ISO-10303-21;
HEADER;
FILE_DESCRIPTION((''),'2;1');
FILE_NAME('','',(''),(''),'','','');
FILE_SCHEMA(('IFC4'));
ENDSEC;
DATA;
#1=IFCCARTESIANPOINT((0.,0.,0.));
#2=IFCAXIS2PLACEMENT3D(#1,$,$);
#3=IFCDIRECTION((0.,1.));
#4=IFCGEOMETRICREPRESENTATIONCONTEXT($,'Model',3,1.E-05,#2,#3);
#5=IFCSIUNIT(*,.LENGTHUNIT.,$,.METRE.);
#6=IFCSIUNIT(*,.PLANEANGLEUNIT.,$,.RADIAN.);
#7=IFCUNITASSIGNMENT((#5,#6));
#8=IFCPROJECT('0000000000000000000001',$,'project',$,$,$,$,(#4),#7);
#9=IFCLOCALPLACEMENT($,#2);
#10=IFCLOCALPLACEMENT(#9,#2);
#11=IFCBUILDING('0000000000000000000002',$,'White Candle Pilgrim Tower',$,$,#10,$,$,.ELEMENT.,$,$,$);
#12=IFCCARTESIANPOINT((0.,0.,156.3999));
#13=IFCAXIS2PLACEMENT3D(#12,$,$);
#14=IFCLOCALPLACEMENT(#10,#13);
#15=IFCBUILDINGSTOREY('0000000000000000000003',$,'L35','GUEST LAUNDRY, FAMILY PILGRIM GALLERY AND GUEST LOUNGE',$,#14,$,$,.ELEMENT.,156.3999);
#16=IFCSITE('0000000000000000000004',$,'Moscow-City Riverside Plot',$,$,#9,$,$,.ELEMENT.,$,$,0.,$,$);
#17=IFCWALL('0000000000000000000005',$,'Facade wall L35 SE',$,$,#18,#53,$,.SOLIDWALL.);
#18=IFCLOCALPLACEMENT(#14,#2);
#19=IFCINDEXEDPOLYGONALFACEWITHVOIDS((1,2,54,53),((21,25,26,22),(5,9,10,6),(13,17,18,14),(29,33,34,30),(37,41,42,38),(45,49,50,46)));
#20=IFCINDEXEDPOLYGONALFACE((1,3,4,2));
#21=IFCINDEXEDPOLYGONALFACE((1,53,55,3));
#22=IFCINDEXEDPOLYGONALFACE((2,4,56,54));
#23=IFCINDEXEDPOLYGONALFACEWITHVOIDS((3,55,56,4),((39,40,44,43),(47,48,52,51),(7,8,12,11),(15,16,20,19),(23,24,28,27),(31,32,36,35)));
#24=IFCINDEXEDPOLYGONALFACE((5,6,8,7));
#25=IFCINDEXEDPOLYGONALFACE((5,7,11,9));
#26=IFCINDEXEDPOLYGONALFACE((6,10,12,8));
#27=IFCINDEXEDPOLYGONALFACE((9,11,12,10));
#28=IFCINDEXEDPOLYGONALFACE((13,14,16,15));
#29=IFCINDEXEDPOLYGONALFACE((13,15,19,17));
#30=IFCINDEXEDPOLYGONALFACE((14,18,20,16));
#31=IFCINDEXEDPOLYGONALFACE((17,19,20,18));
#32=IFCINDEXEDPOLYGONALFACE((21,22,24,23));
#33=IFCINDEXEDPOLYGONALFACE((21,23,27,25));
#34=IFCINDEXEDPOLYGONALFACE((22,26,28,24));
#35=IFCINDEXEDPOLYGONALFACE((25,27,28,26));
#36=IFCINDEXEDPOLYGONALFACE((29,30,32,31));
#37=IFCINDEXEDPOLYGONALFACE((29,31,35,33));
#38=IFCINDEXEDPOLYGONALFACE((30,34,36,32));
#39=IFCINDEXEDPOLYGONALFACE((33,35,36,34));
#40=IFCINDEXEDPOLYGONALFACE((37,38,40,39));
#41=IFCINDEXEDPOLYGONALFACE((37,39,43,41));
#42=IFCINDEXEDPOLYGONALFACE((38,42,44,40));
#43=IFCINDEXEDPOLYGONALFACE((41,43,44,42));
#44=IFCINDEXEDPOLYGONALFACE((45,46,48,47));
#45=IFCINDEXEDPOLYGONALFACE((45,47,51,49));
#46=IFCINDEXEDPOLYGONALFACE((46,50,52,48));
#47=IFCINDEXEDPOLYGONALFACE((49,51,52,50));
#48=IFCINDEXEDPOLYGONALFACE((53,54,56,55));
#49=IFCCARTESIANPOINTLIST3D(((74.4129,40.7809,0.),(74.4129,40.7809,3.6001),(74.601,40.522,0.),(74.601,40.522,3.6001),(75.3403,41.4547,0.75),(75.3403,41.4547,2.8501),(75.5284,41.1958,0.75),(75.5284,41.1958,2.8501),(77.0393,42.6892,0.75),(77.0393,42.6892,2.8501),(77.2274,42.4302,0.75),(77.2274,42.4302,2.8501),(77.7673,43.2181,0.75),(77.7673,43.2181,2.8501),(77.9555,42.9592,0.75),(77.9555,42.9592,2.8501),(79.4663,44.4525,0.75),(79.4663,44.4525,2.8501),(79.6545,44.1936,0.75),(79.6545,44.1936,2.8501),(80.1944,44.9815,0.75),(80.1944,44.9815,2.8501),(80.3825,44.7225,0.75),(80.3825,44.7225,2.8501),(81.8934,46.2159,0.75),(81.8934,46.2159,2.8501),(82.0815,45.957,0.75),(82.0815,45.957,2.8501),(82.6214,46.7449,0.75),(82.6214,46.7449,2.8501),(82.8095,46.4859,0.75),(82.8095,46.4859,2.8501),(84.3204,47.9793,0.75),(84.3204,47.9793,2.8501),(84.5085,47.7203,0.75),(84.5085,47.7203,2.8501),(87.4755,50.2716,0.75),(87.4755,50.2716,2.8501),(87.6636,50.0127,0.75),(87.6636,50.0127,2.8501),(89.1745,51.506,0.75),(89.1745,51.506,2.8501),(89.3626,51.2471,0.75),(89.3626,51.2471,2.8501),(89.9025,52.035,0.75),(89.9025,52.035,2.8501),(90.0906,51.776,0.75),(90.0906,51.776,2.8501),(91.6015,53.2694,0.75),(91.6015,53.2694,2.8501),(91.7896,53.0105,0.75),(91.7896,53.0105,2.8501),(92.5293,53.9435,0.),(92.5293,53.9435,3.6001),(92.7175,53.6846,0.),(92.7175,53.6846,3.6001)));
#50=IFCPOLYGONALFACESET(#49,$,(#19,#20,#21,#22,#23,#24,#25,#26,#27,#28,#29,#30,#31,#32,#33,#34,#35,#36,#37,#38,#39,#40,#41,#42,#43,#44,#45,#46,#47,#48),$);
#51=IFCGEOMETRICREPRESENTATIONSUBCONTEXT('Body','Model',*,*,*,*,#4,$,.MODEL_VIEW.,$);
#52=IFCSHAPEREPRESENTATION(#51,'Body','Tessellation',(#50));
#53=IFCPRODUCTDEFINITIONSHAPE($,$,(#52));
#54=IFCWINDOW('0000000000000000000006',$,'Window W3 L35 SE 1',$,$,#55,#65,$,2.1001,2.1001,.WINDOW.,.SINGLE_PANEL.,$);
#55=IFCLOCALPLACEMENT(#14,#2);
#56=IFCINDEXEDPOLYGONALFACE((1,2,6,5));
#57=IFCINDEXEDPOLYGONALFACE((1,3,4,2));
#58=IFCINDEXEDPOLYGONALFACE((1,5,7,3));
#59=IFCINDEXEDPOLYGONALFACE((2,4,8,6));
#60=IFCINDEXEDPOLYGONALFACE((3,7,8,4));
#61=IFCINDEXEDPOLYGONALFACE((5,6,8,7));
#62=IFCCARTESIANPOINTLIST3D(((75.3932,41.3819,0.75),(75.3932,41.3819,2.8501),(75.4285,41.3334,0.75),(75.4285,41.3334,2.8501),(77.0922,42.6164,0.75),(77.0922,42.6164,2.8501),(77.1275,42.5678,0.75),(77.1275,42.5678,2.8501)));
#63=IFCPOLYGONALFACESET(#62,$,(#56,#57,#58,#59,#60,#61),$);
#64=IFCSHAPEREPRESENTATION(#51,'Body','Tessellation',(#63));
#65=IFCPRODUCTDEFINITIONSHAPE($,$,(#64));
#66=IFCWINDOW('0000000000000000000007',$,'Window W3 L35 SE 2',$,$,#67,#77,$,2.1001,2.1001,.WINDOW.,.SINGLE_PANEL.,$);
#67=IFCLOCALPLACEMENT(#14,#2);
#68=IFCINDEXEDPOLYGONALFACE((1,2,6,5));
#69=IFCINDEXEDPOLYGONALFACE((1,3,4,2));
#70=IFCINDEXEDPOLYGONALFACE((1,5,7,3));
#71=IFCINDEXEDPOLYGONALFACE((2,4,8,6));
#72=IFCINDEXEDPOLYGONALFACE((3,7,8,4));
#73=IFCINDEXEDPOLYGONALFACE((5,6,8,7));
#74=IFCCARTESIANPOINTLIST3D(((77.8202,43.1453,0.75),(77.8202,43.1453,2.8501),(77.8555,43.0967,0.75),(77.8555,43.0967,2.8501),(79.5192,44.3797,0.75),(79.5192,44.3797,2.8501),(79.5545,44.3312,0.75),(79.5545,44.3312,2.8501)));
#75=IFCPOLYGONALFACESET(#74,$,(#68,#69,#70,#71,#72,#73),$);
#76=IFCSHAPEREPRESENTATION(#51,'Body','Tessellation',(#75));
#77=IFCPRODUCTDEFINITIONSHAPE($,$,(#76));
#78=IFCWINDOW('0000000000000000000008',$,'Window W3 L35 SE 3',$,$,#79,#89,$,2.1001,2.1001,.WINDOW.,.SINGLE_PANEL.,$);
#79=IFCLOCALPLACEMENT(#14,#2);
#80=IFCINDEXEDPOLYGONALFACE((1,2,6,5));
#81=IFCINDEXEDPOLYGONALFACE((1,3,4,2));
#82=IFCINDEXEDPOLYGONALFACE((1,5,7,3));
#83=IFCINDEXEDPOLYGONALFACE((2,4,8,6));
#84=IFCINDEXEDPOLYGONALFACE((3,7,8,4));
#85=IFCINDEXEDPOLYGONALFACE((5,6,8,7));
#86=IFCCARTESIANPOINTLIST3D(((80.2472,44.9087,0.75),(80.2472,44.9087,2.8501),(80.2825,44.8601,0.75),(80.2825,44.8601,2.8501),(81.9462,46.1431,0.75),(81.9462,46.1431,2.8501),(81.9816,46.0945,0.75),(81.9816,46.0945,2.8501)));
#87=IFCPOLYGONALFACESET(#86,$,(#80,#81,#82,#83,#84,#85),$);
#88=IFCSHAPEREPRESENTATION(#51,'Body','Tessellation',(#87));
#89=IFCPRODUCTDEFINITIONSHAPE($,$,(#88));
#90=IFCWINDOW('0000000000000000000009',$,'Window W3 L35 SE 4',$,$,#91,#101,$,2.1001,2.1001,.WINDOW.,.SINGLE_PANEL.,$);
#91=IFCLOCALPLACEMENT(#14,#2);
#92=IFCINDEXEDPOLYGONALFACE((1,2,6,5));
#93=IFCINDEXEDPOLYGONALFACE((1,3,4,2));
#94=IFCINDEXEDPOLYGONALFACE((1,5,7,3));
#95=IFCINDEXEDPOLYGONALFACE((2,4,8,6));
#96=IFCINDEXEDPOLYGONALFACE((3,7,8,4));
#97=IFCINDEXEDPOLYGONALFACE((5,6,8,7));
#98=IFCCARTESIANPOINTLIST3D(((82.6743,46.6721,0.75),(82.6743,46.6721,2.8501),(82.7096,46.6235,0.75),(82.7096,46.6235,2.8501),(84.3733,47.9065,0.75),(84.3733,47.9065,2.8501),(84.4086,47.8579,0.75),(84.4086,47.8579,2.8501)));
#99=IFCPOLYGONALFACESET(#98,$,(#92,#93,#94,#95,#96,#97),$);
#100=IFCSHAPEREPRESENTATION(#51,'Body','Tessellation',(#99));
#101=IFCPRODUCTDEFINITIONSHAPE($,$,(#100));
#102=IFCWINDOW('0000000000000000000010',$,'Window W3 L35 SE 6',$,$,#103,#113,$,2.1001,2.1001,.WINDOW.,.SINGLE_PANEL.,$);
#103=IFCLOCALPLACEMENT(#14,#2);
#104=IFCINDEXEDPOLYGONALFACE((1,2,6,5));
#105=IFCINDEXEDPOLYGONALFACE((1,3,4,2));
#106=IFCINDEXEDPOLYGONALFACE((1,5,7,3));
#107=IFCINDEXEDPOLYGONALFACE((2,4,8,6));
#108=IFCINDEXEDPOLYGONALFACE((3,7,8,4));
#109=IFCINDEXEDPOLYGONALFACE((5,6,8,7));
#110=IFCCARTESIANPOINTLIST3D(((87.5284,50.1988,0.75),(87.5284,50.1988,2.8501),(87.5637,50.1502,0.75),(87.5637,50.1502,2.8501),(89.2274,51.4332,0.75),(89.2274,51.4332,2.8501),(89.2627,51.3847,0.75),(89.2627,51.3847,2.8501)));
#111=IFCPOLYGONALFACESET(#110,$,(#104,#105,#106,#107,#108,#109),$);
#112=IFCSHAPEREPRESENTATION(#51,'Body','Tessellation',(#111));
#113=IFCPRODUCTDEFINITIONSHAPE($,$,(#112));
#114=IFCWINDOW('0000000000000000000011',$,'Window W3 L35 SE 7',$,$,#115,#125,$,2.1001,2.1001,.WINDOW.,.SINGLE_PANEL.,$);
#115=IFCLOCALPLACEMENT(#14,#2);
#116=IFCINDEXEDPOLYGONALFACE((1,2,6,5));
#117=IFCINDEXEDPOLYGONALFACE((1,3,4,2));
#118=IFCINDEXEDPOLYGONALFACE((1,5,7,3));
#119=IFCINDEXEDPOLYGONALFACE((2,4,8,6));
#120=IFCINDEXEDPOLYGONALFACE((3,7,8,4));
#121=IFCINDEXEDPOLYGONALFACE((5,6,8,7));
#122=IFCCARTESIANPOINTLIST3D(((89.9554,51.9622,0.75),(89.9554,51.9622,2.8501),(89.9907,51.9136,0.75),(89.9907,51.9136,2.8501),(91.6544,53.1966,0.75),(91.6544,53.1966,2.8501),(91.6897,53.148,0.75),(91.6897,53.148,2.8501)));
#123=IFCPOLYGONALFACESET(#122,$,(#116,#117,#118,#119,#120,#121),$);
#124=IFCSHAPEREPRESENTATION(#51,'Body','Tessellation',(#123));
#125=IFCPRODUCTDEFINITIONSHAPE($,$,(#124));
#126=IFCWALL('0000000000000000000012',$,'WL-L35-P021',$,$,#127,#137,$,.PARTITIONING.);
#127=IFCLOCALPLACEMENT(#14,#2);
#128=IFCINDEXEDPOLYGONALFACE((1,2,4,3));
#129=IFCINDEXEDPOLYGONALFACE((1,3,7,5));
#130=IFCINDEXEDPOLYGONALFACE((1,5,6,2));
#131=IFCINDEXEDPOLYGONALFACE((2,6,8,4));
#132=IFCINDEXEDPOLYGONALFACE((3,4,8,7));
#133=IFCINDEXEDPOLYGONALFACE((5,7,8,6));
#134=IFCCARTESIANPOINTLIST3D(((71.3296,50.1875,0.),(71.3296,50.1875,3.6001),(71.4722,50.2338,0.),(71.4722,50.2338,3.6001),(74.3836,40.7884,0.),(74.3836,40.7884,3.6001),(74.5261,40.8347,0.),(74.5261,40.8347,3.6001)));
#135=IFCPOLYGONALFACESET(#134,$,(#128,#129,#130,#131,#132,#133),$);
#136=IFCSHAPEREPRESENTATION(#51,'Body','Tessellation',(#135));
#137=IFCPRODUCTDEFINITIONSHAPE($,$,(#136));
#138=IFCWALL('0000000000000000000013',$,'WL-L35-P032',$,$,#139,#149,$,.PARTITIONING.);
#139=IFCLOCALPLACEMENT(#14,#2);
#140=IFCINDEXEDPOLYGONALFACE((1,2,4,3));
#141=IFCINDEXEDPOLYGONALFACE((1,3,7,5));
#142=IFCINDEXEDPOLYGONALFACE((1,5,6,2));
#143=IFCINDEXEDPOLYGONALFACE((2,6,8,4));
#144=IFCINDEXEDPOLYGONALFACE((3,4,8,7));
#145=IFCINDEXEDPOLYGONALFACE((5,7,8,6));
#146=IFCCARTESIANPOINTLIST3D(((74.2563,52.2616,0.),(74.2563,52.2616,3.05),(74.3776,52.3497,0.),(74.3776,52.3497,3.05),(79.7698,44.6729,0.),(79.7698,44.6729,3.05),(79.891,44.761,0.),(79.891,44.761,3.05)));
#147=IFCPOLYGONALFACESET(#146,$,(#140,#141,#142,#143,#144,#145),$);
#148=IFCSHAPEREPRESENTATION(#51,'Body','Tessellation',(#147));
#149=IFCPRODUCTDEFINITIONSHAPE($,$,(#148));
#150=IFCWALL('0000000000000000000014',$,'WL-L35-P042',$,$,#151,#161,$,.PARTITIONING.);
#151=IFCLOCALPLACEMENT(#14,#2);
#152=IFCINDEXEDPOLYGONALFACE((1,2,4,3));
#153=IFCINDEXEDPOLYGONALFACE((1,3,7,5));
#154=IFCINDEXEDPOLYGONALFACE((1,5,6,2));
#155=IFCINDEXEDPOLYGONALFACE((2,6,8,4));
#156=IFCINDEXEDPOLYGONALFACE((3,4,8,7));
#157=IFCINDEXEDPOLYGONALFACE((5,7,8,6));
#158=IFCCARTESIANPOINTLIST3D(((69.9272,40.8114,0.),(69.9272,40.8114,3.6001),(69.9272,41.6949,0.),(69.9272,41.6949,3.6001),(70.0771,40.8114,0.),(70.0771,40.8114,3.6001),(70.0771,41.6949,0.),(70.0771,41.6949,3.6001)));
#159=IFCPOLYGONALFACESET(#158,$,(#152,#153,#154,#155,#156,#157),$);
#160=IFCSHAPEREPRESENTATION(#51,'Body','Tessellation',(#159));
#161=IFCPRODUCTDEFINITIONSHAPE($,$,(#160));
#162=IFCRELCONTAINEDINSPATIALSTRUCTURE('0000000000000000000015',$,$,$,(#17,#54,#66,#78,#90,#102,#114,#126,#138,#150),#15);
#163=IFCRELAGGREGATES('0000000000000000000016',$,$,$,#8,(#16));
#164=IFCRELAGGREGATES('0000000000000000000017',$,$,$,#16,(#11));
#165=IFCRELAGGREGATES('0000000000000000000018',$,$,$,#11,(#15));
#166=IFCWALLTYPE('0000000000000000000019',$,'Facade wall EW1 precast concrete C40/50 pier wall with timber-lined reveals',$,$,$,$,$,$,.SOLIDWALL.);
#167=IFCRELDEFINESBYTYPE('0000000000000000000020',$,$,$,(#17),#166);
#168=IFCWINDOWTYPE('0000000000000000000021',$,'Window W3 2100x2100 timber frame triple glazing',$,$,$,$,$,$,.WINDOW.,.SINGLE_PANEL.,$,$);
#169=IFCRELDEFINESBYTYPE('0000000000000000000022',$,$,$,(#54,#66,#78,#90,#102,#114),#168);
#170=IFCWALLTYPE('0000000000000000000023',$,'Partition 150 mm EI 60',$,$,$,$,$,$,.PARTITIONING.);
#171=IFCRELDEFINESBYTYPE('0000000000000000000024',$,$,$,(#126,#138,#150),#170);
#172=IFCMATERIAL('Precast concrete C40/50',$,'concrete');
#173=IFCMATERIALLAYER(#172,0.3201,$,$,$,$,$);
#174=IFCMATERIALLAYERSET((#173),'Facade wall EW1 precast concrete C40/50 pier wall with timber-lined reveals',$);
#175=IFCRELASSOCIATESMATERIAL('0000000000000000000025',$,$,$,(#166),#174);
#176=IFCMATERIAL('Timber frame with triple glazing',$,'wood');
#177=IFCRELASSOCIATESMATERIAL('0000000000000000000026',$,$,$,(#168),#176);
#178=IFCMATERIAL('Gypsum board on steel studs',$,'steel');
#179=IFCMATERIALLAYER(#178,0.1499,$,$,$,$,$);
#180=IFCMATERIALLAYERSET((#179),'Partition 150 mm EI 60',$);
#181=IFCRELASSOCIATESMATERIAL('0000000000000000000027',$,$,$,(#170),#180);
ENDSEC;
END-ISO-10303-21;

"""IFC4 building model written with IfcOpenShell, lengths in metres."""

from ifc_helpers import new_model, si_unit, direction, frame, frame_2d, origin, place, context, subcontext, project, spatial, rectangle, extrude, material, layer, layer_set, type_object, element, fill, save


model = new_model("IFC4")

# Units and contexts
model_context = context("Model", 3, precision=1e-05, world=origin(), true_north=direction((0.0, 1.0)))
body_context = subcontext(model_context, "Body", "Model", "MODEL_VIEW")
ifc_project = project(units=[si_unit("LENGTHUNIT", "METRE"), si_unit("PLANEANGLEUNIT", "RADIAN")], contexts=[model_context])

# Site, building, storey
site_placement = place(None, origin())
site = spatial("IfcSite", under=ifc_project, at=site_placement, Name="Moscow-City Riverside Plot", CompositionType="ELEMENT", RefElevation=0.0)
building_placement = place(site_placement, origin())
building = spatial("IfcBuilding", under=site, at=building_placement, Name="White Candle Pilgrim Tower", CompositionType="ELEMENT")
storey_placement = place(building_placement, frame((0.0, 0.0, 156.3999)))
storey = spatial("IfcBuildingStorey", under=building, at=storey_placement, Name="L35", Description="GUEST LAUNDRY, FAMILY PILGRIM GALLERY AND GUEST LOUNGE", CompositionType="ELEMENT", Elevation=156.3999)

# Shared definitions
ifc_material_1 = material(Name="Gypsum board on steel studs", Category="steel")

# Wall, openings, windows
ifc_material_2 = material(Name="Precast concrete C40/50", Category="concrete")
ifc_layer_1 = layer(ifc_material_2, 0.3201)
ifc_layer_set_1 = layer_set([ifc_layer_1], Name="Facade wall EW1 precast concrete C40/50 pier wall with timber-lined reveals")
wall_type_1 = type_object("IfcWallType", Name="Facade wall EW1 precast concrete C40/50 pier wall with timber-lined reveals", PredefinedType="SOLIDWALL", material=ifc_layer_set_1)
wall_1_placement = place(storey_placement, frame((74.5068, 40.6514, 0.0), z_axis=(0.0, 0.0, 1.0), x_axis=(0.809012, 0.587792, 0.0)))
wall_1 = element("IfcWall", 1, at=wall_1_placement, inside=storey, type_object=wall_type_1, Name="Facade wall L35 SE", PredefinedType="SOLIDWALL", context=body_context, shape_type="SweptSolid", body=[
    extrude(rectangle(XDim=22.3933, YDim=0.3201, at=frame_2d((11.1968, 0.0))), origin(), (0.0, 0.0, 1.0), 3.6001),
])
opening_1_placement = place(wall_1_placement, frame((1.1465, 0.0, 0.75)))
opening_1 = element("IfcOpeningElement", 2, at=opening_1_placement, cuts=wall_1, PredefinedType="OPENING", context=body_context, shape_type="SweptSolid", body=[
    extrude(rectangle(XDim=2.1001, YDim=2.1001, at=frame_2d((1.05, 1.05))), frame((0.0, 0.1699, 0.0), z_axis=(0.0, -1.0, 0.0), x_axis=(1.0, 0.0, 0.0)), (0.0, 0.0, 1.0), 0.3401),
])
opening_2_placement = place(wall_1_placement, frame((4.1465, 0.0, 0.75)))
opening_2 = element("IfcOpeningElement", 3, at=opening_2_placement, cuts=wall_1, PredefinedType="OPENING", context=body_context, shape_type="SweptSolid", body=[
    extrude(rectangle(XDim=2.1001, YDim=2.1001, at=frame_2d((1.05, 1.05))), frame((0.0, 0.1699, 0.0), z_axis=(0.0, -1.0, 0.0), x_axis=(1.0, 0.0, 0.0)), (0.0, 0.0, 1.0), 0.3401),
])
opening_3_placement = place(wall_1_placement, frame((7.1465, 0.0, 0.75)))
opening_3 = element("IfcOpeningElement", 4, at=opening_3_placement, cuts=wall_1, PredefinedType="OPENING", context=body_context, shape_type="SweptSolid", body=[
    extrude(rectangle(XDim=2.1001, YDim=2.1001, at=frame_2d((1.05, 1.05))), frame((0.0, 0.1699, 0.0), z_axis=(0.0, -1.0, 0.0), x_axis=(1.0, 0.0, 0.0)), (0.0, 0.0, 1.0), 0.3401),
])
opening_4_placement = place(wall_1_placement, frame((10.1465, 0.0, 0.75)))
opening_4 = element("IfcOpeningElement", 5, at=opening_4_placement, cuts=wall_1, PredefinedType="OPENING", context=body_context, shape_type="SweptSolid", body=[
    extrude(rectangle(XDim=2.1001, YDim=2.1001, at=frame_2d((1.05, 1.05))), frame((0.0, 0.1699, 0.0), z_axis=(0.0, -1.0, 0.0), x_axis=(1.0, 0.0, 0.0)), (0.0, 0.0, 1.0), 0.3401),
])
opening_5_placement = place(wall_1_placement, frame((16.1465, 0.0, 0.75)))
opening_5 = element("IfcOpeningElement", 6, at=opening_5_placement, cuts=wall_1, PredefinedType="OPENING", context=body_context, shape_type="SweptSolid", body=[
    extrude(rectangle(XDim=2.1001, YDim=2.1001, at=frame_2d((1.05, 1.05))), frame((0.0, 0.1699, 0.0), z_axis=(0.0, -1.0, 0.0), x_axis=(1.0, 0.0, 0.0)), (0.0, 0.0, 1.0), 0.3401),
])
opening_6_placement = place(wall_1_placement, frame((19.1465, 0.0, 0.75)))
opening_6 = element("IfcOpeningElement", 7, at=opening_6_placement, cuts=wall_1, PredefinedType="OPENING", context=body_context, shape_type="SweptSolid", body=[
    extrude(rectangle(XDim=2.1001, YDim=2.1001, at=frame_2d((1.05, 1.05))), frame((0.0, 0.1699, 0.0), z_axis=(0.0, -1.0, 0.0), x_axis=(1.0, 0.0, 0.0)), (0.0, 0.0, 1.0), 0.3401),
])
ifc_material_3 = material(Name="Timber frame with triple glazing", Category="wood")
window_type = type_object("IfcWindowType", Name="Window W3 2100x2100 timber frame triple glazing", PartitioningType="SINGLE_PANEL", PredefinedType="WINDOW", material=ifc_material_3)
window_1_placement = place(opening_1_placement, origin())
window_1 = element("IfcWindow", 8, at=window_1_placement, inside=storey, type_object=window_type, Name="Window W3 L35 SE 1", OverallHeight=2.1001, OverallWidth=2.1001, PartitioningType="SINGLE_PANEL", PredefinedType="WINDOW", context=body_context, shape_type="SweptSolid", body=[
    extrude(rectangle(XDim=2.1001, YDim=2.1001, at=frame_2d((1.05, 1.05))), frame((0.0, 0.0701, 0.0), z_axis=(0.0, -1.0, 0.0), x_axis=(1.0, 0.0, 0.0)), (0.0, 0.0, 1.0), 0.0601),
])
fill(opening_1, window_1)
window_2_placement = place(opening_2_placement, origin())
window_2 = element("IfcWindow", 9, at=window_2_placement, inside=storey, type_object=window_type, Name="Window W3 L35 SE 2", OverallHeight=2.1001, OverallWidth=2.1001, PartitioningType="SINGLE_PANEL", PredefinedType="WINDOW", context=body_context, shape_type="SweptSolid", body=[
    extrude(rectangle(XDim=2.1001, YDim=2.1001, at=frame_2d((1.05, 1.05))), frame((0.0, 0.0701, 0.0), z_axis=(0.0, -1.0, 0.0), x_axis=(1.0, 0.0, 0.0)), (0.0, 0.0, 1.0), 0.0601),
])
fill(opening_2, window_2)
window_3_placement = place(opening_3_placement, origin())
window_3 = element("IfcWindow", 10, at=window_3_placement, inside=storey, type_object=window_type, Name="Window W3 L35 SE 3", OverallHeight=2.1001, OverallWidth=2.1001, PartitioningType="SINGLE_PANEL", PredefinedType="WINDOW", context=body_context, shape_type="SweptSolid", body=[
    extrude(rectangle(XDim=2.1001, YDim=2.1001, at=frame_2d((1.05, 1.05))), frame((0.0, 0.0701, 0.0), z_axis=(0.0, -1.0, 0.0), x_axis=(1.0, 0.0, 0.0)), (0.0, 0.0, 1.0), 0.0601),
])
fill(opening_3, window_3)
window_4_placement = place(opening_4_placement, origin())
window_4 = element("IfcWindow", 11, at=window_4_placement, inside=storey, type_object=window_type, Name="Window W3 L35 SE 4", OverallHeight=2.1001, OverallWidth=2.1001, PartitioningType="SINGLE_PANEL", PredefinedType="WINDOW", context=body_context, shape_type="SweptSolid", body=[
    extrude(rectangle(XDim=2.1001, YDim=2.1001, at=frame_2d((1.05, 1.05))), frame((0.0, 0.0701, 0.0), z_axis=(0.0, -1.0, 0.0), x_axis=(1.0, 0.0, 0.0)), (0.0, 0.0, 1.0), 0.0601),
])
fill(opening_4, window_4)
window_5_placement = place(opening_5_placement, origin())
window_5 = element("IfcWindow", 12, at=window_5_placement, inside=storey, type_object=window_type, Name="Window W3 L35 SE 6", OverallHeight=2.1001, OverallWidth=2.1001, PartitioningType="SINGLE_PANEL", PredefinedType="WINDOW", context=body_context, shape_type="SweptSolid", body=[
    extrude(rectangle(XDim=2.1001, YDim=2.1001, at=frame_2d((1.05, 1.05))), frame((0.0, 0.0701, 0.0), z_axis=(0.0, -1.0, 0.0), x_axis=(1.0, 0.0, 0.0)), (0.0, 0.0, 1.0), 0.0601),
])
fill(opening_5, window_5)
window_6_placement = place(opening_6_placement, origin())
window_6 = element("IfcWindow", 13, at=window_6_placement, inside=storey, type_object=window_type, Name="Window W3 L35 SE 7", OverallHeight=2.1001, OverallWidth=2.1001, PartitioningType="SINGLE_PANEL", PredefinedType="WINDOW", context=body_context, shape_type="SweptSolid", body=[
    extrude(rectangle(XDim=2.1001, YDim=2.1001, at=frame_2d((1.05, 1.05))), frame((0.0, 0.0701, 0.0), z_axis=(0.0, -1.0, 0.0), x_axis=(1.0, 0.0, 0.0)), (0.0, 0.0, 1.0), 0.0601),
])
fill(opening_6, window_6)

# Walls
ifc_layer_2 = layer(ifc_material_1, 0.1499)
ifc_layer_set_2 = layer_set([ifc_layer_2], Name="Partition 150 mm EI 60")
wall_type_2 = type_object("IfcWallType", Name="Partition 150 mm EI 60", PredefinedType="PARTITIONING", material=ifc_layer_set_2)
wall_2_placement = place(storey_placement, frame((74.4548, 40.8115, 0.0), z_axis=(0.0, 0.0, 1.0), x_axis=(-0.309015, 0.951057, 0.0)))
element("IfcWall", 14, at=wall_2_placement, inside=storey, type_object=wall_type_2, Name="WL-L35-P021", PredefinedType="PARTITIONING", context=body_context, shape_type="SweptSolid", body=[
    extrude(rectangle(XDim=9.8828, YDim=0.1499, at=frame_2d((4.9414, 0.0))), origin(), (0.0, 0.0, 1.0), 3.6001),
])
wall_3_placement = place(storey_placement, frame((79.8303, 44.717, 0.0), z_axis=(0.0, 0.0, 1.0), x_axis=(-0.587783, 0.809018, 0.0)))
element("IfcWall", 15, at=wall_3_placement, inside=storey, type_object=wall_type_2, Name="WL-L35-P032", PredefinedType="PARTITIONING", context=body_context, shape_type="SweptSolid", body=[
    extrude(rectangle(XDim=9.3801, YDim=0.1499, at=frame_2d((4.6899, 0.0))), origin(), (0.0, 0.0, 1.0), 3.05),
])
wall_4_placement = place(storey_placement, frame((70.0022, 41.6951, 0.0), z_axis=(0.0, 0.0, 1.0), x_axis=(0.0, -1.0, 0.0)))
element("IfcWall", 16, at=wall_4_placement, inside=storey, type_object=wall_type_2, Name="WL-L35-P042", PredefinedType="PARTITIONING", context=body_context, shape_type="SweptSolid", body=[
    extrude(rectangle(XDim=0.8835, YDim=0.1499, at=frame_2d((0.4419, 0.0))), origin(), (0.0, 0.0, 1.0), 3.6001),
])

save(model, "model.ifc")
